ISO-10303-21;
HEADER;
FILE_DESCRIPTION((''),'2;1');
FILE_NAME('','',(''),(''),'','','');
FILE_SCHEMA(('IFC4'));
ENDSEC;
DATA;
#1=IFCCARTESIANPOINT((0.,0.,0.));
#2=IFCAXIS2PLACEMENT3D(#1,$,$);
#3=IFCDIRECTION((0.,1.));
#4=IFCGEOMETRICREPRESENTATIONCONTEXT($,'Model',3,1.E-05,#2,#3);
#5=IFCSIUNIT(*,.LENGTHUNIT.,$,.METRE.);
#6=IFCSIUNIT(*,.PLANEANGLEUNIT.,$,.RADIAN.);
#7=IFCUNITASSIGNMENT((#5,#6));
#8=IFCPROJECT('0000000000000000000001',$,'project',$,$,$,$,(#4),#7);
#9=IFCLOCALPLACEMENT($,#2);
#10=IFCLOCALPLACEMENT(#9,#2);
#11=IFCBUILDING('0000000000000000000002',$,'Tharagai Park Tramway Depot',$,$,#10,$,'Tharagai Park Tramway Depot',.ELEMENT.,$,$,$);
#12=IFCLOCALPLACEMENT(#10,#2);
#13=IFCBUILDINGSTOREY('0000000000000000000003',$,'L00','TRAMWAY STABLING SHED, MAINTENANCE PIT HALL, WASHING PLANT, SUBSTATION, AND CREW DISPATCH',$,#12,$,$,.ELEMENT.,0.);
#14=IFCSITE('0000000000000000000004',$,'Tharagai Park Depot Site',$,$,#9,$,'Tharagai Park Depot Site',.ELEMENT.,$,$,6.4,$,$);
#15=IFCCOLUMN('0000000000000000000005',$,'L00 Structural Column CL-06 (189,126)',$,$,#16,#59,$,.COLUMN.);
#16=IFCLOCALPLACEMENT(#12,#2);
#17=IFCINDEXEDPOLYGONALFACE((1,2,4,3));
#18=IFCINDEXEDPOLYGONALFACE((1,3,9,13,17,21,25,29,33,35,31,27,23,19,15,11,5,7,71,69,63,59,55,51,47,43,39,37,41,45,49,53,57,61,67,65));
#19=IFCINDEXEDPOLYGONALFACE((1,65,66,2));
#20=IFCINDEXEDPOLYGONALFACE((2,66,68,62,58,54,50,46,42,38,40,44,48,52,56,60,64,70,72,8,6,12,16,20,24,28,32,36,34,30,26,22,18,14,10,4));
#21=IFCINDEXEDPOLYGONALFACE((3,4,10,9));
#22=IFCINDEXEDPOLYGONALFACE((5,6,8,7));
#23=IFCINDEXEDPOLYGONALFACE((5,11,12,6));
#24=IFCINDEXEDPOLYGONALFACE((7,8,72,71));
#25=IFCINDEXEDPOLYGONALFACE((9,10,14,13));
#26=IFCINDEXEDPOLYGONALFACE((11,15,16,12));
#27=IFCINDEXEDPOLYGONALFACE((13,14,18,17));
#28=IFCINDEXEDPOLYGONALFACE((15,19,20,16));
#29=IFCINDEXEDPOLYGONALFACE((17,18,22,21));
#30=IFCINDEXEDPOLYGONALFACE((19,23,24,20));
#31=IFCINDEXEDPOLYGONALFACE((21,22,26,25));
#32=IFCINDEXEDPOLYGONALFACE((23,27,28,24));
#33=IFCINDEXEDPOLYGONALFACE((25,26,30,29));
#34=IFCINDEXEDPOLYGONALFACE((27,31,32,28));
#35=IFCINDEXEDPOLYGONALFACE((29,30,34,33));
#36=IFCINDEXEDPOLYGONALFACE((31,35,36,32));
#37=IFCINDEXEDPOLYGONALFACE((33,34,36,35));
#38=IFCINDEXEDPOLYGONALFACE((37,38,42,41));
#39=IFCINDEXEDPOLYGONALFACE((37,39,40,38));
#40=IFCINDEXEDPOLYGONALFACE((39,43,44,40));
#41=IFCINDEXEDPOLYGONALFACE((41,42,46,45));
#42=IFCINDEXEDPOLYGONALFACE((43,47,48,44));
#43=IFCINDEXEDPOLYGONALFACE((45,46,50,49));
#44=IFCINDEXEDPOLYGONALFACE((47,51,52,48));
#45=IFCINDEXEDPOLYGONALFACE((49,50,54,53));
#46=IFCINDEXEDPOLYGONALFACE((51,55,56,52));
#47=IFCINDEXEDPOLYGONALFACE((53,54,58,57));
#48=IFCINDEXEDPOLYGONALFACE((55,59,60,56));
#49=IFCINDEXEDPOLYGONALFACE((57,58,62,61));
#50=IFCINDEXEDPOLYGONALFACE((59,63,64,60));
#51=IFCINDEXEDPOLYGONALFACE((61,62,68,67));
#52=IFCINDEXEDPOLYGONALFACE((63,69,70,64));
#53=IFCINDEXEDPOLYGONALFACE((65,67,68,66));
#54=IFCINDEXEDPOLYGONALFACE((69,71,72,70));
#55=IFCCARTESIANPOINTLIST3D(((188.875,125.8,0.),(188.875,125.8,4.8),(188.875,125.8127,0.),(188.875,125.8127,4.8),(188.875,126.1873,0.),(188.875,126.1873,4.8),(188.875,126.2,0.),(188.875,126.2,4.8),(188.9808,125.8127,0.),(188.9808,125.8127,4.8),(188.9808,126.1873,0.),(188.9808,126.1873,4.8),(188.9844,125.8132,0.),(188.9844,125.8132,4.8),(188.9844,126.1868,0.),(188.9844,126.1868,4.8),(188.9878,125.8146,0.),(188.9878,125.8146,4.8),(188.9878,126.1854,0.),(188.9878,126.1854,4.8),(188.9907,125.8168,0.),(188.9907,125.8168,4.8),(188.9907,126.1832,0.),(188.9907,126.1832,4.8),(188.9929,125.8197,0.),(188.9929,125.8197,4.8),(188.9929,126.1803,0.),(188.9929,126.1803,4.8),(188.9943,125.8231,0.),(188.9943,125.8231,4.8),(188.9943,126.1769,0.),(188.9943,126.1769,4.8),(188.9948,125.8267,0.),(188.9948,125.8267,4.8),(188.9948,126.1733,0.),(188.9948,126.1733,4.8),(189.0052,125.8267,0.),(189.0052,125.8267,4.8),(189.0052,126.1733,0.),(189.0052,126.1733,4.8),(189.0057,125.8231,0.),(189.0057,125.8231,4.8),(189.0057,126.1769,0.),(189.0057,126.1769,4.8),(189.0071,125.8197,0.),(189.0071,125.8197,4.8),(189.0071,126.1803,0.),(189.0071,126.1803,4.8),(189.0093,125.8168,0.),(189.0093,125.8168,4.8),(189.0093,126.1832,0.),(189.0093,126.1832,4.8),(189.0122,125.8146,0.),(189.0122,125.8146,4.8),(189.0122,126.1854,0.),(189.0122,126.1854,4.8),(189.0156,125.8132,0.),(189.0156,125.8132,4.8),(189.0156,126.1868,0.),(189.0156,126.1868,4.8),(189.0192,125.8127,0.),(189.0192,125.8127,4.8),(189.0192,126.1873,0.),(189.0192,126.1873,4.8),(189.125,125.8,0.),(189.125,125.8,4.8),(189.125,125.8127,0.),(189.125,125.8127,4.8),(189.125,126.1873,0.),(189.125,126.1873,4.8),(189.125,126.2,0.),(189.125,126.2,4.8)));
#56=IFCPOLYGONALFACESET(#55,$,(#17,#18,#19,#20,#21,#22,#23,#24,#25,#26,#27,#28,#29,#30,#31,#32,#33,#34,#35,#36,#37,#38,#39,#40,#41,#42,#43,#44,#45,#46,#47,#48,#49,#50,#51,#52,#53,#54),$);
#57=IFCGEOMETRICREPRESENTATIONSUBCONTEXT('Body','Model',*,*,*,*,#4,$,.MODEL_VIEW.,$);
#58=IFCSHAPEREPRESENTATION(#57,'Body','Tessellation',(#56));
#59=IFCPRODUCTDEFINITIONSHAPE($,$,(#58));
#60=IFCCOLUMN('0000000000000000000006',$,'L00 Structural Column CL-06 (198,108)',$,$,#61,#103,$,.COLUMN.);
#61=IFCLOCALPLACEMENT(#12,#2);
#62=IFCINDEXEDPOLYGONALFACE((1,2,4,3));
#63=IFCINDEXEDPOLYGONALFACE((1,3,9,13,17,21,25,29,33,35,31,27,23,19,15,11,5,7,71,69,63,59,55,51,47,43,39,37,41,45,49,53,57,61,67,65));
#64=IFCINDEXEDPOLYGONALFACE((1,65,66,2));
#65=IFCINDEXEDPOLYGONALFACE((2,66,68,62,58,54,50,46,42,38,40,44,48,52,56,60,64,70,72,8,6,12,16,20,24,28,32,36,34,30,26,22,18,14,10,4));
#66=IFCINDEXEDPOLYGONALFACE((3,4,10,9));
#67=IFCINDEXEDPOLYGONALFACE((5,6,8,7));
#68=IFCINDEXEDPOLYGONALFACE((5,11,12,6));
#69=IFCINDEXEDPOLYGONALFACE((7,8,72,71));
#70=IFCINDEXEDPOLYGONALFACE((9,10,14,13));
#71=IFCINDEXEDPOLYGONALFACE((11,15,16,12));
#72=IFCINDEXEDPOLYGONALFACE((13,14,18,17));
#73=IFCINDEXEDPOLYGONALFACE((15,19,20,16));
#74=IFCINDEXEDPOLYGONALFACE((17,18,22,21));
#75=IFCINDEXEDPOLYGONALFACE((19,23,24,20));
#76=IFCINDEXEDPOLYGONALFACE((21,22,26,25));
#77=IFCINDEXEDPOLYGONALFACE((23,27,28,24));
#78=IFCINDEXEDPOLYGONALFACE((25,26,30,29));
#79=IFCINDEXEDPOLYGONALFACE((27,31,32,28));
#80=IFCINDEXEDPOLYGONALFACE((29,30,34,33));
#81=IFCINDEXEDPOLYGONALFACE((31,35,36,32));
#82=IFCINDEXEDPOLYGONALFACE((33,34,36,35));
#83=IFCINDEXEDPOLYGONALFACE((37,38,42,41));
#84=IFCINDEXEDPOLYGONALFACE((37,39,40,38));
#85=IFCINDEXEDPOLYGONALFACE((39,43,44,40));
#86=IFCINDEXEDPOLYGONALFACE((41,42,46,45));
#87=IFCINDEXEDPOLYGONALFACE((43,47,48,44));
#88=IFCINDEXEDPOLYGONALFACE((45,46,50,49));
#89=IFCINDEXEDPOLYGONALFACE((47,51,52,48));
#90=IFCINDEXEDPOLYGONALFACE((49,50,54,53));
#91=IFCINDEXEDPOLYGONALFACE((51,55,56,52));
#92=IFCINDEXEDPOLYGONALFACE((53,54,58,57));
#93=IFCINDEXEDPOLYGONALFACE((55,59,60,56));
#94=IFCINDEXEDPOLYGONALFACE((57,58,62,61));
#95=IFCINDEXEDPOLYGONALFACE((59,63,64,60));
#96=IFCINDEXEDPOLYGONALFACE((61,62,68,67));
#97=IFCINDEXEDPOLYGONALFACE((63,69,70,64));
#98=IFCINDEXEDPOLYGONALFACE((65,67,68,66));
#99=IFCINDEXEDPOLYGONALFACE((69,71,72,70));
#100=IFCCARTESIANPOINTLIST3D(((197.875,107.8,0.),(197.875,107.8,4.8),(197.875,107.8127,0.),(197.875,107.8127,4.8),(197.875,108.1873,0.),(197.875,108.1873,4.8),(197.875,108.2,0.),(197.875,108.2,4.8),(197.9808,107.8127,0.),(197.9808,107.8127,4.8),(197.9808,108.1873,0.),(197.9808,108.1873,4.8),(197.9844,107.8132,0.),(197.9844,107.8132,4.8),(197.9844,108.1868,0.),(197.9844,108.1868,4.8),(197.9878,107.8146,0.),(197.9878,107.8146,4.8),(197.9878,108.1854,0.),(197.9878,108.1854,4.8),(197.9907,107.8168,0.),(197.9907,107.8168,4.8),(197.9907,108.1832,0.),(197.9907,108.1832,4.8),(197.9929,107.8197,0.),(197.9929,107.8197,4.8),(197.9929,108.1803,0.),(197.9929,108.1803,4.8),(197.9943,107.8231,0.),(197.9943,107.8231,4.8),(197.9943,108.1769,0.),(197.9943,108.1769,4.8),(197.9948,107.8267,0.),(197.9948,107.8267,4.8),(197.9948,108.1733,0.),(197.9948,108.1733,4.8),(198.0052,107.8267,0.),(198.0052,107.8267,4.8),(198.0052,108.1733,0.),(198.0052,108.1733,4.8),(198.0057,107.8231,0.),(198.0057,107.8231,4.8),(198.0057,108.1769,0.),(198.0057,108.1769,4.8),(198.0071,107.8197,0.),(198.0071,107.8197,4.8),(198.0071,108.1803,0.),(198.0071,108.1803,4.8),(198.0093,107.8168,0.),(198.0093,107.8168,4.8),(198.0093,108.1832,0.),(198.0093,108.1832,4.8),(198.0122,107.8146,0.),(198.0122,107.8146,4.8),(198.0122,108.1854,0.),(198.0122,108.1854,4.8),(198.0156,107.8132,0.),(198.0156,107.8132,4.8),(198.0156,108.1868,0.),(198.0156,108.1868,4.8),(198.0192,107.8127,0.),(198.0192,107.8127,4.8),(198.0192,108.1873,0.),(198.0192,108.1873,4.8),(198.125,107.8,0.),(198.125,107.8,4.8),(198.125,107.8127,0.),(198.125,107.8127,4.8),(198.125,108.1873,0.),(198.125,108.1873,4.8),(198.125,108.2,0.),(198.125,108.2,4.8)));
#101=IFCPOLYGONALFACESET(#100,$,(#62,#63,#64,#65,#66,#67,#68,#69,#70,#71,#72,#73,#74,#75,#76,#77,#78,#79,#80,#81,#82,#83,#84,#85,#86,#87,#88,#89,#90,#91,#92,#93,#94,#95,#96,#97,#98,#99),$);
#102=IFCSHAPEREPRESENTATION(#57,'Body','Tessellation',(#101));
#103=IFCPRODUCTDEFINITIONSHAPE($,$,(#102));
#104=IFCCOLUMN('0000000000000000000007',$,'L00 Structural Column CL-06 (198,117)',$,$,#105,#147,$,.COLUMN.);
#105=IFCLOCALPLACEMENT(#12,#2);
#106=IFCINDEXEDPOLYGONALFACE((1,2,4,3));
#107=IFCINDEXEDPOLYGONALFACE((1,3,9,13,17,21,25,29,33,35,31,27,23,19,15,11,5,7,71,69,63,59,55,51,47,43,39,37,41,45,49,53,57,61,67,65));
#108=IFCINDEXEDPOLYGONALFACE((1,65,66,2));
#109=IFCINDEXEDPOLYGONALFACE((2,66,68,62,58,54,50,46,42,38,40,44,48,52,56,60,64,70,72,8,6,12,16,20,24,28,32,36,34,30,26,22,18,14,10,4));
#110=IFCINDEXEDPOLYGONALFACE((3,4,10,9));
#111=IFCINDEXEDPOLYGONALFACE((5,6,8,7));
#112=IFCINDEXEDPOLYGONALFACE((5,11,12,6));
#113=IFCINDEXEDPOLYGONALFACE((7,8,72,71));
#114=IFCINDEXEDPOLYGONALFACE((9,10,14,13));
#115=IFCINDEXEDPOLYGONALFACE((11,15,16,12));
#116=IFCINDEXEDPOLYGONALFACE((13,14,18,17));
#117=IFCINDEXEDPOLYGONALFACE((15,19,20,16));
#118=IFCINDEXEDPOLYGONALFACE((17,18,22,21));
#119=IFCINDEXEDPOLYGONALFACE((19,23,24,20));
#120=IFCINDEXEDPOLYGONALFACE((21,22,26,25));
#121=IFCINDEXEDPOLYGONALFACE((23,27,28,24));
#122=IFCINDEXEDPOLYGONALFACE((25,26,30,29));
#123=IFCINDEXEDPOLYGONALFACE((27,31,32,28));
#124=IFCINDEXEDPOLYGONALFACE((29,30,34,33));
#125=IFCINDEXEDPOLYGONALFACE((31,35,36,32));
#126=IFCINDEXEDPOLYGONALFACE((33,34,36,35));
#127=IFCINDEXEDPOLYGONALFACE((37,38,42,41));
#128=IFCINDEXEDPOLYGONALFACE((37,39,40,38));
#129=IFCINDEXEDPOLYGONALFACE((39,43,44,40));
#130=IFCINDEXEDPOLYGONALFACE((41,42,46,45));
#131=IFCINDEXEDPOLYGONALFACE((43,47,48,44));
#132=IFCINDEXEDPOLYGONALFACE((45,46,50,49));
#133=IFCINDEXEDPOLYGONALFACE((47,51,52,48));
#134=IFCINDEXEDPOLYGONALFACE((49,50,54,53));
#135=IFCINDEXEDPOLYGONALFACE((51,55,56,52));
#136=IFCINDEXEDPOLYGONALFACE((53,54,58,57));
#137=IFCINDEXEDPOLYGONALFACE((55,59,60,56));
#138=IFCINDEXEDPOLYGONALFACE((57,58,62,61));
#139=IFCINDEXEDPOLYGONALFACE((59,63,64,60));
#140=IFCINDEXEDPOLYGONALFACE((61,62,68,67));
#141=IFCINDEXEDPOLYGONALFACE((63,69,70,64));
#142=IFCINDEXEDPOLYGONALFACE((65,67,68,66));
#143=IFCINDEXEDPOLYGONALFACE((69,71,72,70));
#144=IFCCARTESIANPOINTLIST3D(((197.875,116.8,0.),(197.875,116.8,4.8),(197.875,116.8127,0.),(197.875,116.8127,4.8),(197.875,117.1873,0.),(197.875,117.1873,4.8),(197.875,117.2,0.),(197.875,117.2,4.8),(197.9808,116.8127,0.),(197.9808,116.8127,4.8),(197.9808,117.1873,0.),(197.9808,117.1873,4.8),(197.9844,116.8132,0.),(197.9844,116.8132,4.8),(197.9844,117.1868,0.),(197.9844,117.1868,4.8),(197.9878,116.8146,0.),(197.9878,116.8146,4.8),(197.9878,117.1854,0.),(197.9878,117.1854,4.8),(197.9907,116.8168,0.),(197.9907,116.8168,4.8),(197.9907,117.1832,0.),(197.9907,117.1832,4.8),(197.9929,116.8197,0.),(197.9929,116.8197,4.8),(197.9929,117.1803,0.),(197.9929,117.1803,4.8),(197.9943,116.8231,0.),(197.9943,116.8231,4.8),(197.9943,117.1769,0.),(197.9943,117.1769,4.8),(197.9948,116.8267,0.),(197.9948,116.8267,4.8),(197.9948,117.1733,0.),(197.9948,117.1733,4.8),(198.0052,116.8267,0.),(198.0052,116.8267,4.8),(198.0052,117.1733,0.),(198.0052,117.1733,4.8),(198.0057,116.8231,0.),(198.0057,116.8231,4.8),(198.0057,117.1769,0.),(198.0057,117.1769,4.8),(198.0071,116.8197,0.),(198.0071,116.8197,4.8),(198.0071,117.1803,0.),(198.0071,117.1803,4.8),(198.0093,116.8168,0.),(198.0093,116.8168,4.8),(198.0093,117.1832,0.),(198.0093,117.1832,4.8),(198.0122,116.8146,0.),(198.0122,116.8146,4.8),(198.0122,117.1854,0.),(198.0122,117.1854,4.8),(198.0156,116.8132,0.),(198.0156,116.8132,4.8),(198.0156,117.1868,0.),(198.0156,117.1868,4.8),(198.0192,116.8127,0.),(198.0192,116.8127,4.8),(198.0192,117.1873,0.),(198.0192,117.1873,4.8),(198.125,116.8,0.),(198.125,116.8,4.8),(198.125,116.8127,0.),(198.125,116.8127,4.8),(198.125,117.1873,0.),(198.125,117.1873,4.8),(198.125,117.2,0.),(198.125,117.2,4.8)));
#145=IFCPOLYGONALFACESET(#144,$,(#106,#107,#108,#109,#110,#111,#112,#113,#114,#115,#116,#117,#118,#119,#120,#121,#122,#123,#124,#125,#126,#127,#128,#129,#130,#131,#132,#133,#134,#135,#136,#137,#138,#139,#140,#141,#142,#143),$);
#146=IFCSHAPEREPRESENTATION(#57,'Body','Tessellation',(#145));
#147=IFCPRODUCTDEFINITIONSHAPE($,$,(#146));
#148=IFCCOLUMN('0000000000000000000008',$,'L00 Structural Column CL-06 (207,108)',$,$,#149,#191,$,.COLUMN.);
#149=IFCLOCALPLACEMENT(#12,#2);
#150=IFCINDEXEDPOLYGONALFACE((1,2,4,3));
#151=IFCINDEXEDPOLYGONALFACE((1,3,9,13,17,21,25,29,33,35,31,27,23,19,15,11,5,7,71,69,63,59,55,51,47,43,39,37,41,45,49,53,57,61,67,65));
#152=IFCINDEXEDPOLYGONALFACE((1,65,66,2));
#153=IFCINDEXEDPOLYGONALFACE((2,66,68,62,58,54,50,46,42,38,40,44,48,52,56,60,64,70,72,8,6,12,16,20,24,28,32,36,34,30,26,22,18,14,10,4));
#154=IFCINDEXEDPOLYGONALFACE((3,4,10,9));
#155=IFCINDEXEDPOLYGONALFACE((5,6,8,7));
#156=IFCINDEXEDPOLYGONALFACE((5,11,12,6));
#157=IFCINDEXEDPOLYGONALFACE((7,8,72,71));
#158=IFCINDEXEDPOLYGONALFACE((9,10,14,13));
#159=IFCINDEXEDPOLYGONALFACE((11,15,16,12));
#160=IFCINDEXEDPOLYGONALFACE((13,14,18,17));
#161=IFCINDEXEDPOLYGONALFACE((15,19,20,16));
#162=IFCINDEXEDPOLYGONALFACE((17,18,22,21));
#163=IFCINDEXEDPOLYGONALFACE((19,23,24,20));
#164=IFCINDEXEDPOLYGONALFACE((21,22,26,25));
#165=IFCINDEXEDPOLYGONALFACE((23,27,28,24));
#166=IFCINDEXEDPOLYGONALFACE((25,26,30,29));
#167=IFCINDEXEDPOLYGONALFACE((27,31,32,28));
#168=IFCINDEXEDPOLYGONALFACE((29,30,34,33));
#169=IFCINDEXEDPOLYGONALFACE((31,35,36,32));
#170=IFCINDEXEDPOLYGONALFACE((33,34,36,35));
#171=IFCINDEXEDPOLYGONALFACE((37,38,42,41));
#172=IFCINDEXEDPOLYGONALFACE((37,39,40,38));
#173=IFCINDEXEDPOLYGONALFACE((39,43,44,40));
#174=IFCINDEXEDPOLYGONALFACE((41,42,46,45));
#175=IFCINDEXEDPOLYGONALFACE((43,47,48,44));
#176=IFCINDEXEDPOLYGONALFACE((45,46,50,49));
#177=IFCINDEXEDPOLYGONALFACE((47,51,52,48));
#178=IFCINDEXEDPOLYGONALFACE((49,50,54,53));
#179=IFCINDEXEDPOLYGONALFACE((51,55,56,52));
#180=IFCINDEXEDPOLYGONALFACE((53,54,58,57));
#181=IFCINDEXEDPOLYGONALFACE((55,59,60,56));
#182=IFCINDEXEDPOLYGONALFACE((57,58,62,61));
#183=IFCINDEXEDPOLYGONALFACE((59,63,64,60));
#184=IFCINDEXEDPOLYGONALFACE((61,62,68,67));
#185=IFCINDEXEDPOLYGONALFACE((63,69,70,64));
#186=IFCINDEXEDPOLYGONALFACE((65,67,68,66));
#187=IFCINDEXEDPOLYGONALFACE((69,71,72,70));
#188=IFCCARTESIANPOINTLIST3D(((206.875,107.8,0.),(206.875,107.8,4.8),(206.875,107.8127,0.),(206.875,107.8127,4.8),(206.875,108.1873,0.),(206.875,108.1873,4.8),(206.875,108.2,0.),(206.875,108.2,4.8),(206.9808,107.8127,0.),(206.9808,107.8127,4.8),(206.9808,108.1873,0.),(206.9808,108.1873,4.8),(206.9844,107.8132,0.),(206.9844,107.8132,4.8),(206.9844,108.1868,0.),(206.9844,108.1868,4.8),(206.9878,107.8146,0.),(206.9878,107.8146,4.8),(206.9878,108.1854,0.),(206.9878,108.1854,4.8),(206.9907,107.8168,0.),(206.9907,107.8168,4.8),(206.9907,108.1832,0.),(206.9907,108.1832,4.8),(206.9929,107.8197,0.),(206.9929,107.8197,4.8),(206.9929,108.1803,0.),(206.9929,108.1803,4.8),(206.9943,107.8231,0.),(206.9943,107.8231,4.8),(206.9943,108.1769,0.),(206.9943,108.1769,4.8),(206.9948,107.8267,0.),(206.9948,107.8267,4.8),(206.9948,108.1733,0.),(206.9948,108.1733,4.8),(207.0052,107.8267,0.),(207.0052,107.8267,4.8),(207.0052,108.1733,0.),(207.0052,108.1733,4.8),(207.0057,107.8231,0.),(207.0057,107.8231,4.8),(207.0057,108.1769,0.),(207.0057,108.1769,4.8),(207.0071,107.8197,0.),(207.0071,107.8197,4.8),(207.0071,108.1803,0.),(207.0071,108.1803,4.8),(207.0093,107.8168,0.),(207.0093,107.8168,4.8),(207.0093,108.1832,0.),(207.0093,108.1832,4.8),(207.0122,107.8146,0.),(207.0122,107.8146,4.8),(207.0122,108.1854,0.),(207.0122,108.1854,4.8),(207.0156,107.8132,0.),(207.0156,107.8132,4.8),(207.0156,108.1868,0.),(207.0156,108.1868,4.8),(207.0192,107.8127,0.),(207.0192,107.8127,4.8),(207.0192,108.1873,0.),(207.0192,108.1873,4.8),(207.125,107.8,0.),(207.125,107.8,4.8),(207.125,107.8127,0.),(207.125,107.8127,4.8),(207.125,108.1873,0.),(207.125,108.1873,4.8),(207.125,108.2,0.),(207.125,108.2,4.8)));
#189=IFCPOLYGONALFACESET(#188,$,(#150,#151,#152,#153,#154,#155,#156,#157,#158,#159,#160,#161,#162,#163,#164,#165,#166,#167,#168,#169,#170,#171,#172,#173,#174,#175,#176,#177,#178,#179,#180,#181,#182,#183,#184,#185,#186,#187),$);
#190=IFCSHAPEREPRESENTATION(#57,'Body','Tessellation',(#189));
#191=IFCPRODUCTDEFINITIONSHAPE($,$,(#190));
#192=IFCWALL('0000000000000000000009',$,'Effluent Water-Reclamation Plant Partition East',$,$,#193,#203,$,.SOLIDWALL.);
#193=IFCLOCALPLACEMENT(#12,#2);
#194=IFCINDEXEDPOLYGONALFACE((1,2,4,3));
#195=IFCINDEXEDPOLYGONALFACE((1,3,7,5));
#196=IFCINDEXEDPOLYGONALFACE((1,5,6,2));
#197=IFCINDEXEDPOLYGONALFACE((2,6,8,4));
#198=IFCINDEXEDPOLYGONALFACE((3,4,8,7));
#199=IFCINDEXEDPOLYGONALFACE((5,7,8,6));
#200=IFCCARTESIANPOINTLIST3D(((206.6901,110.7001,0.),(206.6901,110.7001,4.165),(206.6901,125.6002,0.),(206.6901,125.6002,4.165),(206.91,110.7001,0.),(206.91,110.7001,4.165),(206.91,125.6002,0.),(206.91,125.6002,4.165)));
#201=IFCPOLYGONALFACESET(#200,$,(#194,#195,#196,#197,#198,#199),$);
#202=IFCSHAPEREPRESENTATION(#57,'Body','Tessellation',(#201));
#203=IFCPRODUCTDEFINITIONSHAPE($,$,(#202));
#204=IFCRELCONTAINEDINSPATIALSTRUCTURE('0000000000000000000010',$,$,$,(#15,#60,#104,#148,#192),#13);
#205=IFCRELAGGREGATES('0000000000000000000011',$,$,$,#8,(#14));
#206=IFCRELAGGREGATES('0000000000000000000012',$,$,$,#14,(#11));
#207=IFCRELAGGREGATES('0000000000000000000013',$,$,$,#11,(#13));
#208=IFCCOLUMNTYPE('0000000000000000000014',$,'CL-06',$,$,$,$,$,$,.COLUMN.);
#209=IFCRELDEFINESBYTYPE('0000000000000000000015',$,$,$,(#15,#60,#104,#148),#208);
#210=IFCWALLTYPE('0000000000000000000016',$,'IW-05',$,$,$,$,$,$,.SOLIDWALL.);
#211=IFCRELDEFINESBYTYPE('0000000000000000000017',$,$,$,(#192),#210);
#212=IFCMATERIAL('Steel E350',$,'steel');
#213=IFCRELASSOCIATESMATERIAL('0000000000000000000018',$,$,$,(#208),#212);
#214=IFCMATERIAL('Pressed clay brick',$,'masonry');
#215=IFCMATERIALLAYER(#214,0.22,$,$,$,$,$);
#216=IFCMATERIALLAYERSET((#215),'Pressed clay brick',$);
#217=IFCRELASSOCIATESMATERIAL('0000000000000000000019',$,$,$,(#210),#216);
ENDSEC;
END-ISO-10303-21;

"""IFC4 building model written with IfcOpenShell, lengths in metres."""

from ifc_helpers import new_model, si_unit, direction, frame, frame_2d, origin, origin_2d, place, context, subcontext, project, spatial, rectangle, i_section, extrude, material, layer, layer_set, material_profile, profile_set, type_object, element, save


model = new_model("IFC4")

# Units and contexts
model_context = context("Model", 3, precision=1e-05, world=origin(), true_north=direction((0.0, 1.0)))
body_context = subcontext(model_context, "Body", "Model", "MODEL_VIEW")
ifc_project = project(units=[si_unit("LENGTHUNIT", "METRE"), si_unit("PLANEANGLEUNIT", "RADIAN")], contexts=[model_context])

# Site, building, storey
site_placement = place(None, origin())
site = spatial("IfcSite", under=ifc_project, at=site_placement, Name="Tharagai Park Depot Site", LongName="Tharagai Park Depot Site", CompositionType="ELEMENT", RefElevation=6.4)
building_placement = place(site_placement, origin())
building = spatial("IfcBuilding", under=site, at=building_placement, Name="Tharagai Park Tramway Depot", LongName="Tharagai Park Tramway Depot", CompositionType="ELEMENT")
storey_placement = place(building_placement, origin())
storey = spatial("IfcBuildingStorey", under=building, at=storey_placement, Name="L00", Description="TRAMWAY STABLING SHED, MAINTENANCE PIT HALL, WASHING PLANT, SUBSTATION, AND CREW DISPATCH", CompositionType="ELEMENT", Elevation=0.0)

# Columns
ifc_material_1 = material(Name="Steel E350", Category="steel")
ifc_material_profile_1 = material_profile(ifc_material_1, i_section(OverallWidth=0.25, OverallDepth=0.3999, WebThickness=0.0105, FlangeThickness=0.0127, FilletRadius=0.0139, at=origin_2d()), Name="ISHB 400")
ifc_profile_set_1 = profile_set([ifc_material_profile_1], Name="Steel E350")
column_type = type_object("IfcColumnType", Name="CL-06", PredefinedType="COLUMN", material=ifc_profile_set_1)
for number, where, z_axis, x_axis, name in (
    (1, (189.0, 126.0, 0.0), (0.0, 0.0, 1.0), (1.0, 0.0, 0.0), "L00 Structural Column CL-06 (189,126)"),
    (2, (198.0, 108.0, 0.0), (0.0, 0.0, 1.0), (1.0, 0.0, 0.0), "L00 Structural Column CL-06 (198,108)"),
    (3, (198.0, 117.0, 0.0), (0.0, 0.0, 1.0), (1.0, 0.0, 0.0), "L00 Structural Column CL-06 (198,117)"),
    (4, (207.0, 108.0, 0.0), (0.0, 0.0, 1.0), (1.0, 0.0, 0.0), "L00 Structural Column CL-06 (207,108)"),
):
    element("IfcColumn", number, at=place(storey_placement, frame(where, z_axis=z_axis, x_axis=x_axis)), inside=storey, type_object=column_type, Name=name, PredefinedType="COLUMN", context=body_context, shape_type="SweptSolid", body=[
        extrude(i_section(OverallWidth=0.25, OverallDepth=0.3999, WebThickness=0.0105, FlangeThickness=0.0127, FilletRadius=0.0139, at=origin_2d()), origin(), (0.0, 0.0, 1.0), 4.8),
    ])

# Wall
ifc_material_2 = material(Name="Pressed clay brick", Category="masonry")
ifc_layer = layer(ifc_material_2, 0.22)
ifc_layer_set = layer_set([ifc_layer], Name="Pressed clay brick")
wall_type = type_object("IfcWallType", Name="IW-05", PredefinedType="SOLIDWALL", material=ifc_layer_set)
wall_placement = place(storey_placement, frame((206.8, 110.7, 0.0), z_axis=(0.0, 0.0, 1.0), x_axis=(0.0, 1.0, 0.0)))
element("IfcWall", 5, at=wall_placement, inside=storey, type_object=wall_type, Name="Effluent Water-Reclamation Plant Partition East", PredefinedType="SOLIDWALL", context=body_context, shape_type="SweptSolid", body=[
    extrude(rectangle(XDim=14.9001, YDim=0.22, at=frame_2d((7.4502, 0.0))), origin(), (0.0, 0.0, 1.0), 4.165),
])

save(model, "model.ifc")
